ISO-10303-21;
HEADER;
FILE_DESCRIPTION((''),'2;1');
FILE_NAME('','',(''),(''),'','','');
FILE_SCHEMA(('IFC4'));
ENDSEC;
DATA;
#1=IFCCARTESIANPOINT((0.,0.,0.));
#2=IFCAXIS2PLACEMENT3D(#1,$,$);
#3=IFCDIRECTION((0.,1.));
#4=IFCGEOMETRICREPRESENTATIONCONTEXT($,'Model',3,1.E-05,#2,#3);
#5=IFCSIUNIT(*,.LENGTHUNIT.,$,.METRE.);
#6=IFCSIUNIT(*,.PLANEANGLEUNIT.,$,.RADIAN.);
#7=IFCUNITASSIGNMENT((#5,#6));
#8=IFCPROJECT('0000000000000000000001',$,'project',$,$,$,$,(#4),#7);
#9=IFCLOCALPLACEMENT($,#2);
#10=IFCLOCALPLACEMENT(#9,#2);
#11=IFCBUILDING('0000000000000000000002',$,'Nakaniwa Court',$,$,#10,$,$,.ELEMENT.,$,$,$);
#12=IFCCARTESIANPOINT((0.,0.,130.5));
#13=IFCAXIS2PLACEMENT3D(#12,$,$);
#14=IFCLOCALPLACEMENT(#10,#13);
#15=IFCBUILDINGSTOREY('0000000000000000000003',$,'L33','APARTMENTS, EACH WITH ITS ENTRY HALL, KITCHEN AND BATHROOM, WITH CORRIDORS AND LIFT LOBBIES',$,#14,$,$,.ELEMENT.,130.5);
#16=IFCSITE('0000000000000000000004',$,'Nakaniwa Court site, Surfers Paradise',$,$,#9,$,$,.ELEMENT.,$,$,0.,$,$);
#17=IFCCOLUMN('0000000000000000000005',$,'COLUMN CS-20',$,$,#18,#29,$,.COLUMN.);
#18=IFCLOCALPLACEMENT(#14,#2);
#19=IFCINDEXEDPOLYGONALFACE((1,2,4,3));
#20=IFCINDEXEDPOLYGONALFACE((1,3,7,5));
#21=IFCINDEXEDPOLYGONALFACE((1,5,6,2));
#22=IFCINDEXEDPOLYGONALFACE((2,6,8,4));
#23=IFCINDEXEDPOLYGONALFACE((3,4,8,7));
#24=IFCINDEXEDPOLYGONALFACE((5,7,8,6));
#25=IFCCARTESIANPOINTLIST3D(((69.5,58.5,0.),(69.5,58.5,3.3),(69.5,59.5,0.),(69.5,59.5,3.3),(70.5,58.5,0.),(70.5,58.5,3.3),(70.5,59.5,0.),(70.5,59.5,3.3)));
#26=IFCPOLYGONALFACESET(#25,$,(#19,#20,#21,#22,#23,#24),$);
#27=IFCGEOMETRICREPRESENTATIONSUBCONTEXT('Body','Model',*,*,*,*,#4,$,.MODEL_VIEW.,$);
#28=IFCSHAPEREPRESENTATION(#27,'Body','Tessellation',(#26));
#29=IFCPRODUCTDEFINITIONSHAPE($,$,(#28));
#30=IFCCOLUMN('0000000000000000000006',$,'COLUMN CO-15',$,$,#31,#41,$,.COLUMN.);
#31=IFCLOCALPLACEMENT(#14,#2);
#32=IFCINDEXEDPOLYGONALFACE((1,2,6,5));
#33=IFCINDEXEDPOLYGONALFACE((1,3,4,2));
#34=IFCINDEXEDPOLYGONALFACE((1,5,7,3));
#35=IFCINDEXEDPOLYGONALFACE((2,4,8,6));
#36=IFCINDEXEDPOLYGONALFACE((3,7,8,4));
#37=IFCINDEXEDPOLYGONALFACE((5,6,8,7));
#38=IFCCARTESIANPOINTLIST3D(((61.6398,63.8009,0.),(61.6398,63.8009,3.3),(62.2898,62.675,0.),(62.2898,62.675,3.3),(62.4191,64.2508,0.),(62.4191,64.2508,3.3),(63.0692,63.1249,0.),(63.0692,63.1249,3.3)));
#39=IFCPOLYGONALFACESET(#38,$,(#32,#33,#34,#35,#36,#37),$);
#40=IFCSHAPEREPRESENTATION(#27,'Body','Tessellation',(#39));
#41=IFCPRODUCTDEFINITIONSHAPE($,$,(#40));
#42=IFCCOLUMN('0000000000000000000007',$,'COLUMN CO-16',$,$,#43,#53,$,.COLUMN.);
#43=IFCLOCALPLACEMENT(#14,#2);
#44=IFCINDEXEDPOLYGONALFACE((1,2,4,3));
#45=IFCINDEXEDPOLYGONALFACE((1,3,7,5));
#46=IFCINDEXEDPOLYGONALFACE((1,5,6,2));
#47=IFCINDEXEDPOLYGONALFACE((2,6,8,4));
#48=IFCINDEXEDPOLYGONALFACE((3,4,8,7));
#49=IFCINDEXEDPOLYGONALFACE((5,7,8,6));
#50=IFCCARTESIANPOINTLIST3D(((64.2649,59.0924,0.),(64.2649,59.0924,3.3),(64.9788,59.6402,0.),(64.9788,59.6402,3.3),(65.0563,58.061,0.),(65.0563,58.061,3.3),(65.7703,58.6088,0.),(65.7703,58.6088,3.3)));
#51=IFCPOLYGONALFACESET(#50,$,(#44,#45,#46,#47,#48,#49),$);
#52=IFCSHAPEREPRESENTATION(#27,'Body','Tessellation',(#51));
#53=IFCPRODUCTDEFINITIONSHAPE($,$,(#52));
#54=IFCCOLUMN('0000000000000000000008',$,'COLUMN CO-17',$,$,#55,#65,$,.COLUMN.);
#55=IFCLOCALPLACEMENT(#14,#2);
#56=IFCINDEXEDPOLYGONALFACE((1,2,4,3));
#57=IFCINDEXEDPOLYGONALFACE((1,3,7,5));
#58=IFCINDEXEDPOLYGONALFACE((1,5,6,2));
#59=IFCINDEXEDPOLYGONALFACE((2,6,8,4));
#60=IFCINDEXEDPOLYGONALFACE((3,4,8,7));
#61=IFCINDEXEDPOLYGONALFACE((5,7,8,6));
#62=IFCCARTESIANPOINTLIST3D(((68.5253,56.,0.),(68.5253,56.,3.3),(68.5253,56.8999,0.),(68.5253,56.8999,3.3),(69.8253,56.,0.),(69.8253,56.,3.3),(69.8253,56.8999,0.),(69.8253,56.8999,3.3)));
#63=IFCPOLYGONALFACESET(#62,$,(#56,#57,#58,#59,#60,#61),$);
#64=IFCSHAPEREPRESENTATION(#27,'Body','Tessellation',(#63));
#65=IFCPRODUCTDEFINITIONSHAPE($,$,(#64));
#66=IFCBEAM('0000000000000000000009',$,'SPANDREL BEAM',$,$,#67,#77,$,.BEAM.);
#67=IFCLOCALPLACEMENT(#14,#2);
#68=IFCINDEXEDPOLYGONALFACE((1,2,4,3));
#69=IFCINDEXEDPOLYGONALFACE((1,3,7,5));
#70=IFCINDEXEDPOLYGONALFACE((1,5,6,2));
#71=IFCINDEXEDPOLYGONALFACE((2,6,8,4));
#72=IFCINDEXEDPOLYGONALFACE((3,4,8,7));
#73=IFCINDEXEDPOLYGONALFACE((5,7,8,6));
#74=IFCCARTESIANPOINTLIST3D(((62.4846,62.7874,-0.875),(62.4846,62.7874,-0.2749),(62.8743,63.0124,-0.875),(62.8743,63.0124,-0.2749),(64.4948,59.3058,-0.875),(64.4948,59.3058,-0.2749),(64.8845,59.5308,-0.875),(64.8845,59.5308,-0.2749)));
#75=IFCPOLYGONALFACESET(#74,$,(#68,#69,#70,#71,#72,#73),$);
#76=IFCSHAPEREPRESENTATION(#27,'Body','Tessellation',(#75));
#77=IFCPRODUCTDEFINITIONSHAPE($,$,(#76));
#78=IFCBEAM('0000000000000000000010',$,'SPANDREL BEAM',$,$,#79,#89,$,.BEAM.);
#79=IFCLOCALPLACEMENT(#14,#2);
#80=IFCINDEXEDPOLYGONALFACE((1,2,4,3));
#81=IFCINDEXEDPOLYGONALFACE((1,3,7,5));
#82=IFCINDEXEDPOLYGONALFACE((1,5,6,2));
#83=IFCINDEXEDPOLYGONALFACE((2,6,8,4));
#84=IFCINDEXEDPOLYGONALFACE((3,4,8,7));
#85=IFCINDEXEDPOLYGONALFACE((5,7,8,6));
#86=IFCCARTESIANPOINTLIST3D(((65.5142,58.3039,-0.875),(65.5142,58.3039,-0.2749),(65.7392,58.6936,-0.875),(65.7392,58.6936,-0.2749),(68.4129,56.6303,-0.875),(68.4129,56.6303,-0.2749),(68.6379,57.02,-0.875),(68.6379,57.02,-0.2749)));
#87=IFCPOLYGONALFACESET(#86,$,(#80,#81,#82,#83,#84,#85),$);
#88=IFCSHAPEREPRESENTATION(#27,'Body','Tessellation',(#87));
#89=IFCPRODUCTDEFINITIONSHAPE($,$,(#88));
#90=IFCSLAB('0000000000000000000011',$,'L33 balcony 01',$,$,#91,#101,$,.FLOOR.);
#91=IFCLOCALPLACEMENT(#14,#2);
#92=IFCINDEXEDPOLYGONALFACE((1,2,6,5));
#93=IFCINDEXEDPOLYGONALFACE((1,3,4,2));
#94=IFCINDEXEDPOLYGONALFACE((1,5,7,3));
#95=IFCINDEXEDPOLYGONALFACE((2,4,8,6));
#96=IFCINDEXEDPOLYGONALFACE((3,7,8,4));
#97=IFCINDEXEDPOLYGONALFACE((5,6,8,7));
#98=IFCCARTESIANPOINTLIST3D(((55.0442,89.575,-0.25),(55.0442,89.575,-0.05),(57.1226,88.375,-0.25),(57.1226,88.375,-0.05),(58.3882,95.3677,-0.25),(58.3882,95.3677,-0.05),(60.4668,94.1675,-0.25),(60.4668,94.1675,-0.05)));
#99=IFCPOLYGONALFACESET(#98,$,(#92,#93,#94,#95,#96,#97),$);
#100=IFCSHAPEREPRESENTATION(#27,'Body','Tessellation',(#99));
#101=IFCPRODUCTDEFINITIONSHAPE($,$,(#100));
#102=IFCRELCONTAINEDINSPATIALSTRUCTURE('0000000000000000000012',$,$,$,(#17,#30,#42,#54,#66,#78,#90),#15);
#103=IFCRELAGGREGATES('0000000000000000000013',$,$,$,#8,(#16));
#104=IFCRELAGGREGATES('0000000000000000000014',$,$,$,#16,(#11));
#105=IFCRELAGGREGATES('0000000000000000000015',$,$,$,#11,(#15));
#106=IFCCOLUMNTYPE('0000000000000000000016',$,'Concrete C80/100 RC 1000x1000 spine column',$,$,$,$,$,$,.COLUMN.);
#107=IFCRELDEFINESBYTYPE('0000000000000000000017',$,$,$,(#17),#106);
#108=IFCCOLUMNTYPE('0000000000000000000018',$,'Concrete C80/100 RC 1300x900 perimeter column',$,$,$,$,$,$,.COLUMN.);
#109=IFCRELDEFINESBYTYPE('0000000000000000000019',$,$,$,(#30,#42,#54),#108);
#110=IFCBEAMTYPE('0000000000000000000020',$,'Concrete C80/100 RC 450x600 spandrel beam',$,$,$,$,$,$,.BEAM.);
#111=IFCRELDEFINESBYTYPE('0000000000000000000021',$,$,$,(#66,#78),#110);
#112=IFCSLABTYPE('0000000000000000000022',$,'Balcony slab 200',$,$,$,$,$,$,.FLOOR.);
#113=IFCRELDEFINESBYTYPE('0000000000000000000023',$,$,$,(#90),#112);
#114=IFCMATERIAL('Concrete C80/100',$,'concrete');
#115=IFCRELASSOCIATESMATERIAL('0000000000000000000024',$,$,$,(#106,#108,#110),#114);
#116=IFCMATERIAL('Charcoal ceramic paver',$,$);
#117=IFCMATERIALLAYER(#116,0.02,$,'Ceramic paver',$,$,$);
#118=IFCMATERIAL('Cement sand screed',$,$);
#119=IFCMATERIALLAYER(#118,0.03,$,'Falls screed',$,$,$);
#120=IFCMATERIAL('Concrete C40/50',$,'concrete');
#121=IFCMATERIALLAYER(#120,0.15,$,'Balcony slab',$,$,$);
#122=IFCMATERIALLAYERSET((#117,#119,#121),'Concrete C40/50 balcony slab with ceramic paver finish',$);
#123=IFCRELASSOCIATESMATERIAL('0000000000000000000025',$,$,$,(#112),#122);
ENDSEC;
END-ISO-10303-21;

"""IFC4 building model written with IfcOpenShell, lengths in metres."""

from ifc_helpers import new_model, si_unit, direction, frame, origin, origin_2d, place, context, subcontext, project, spatial, polyline, rectangle, outline, extrude, material, layer, layer_set, material_profile, profile_set, type_object, element, save


model = new_model("IFC4")

# Units and contexts
model_context = context("Model", 3, precision=1e-05, world=origin(), true_north=direction((0.0, 1.0)))
body_context = subcontext(model_context, "Body", "Model", "MODEL_VIEW")
ifc_project = project(units=[si_unit("LENGTHUNIT", "METRE"), si_unit("PLANEANGLEUNIT", "RADIAN")], contexts=[model_context])

# Site, building, storey
site_placement = place(None, origin())
site = spatial("IfcSite", under=ifc_project, at=site_placement, Name="Nakaniwa Court site, Surfers Paradise", CompositionType="ELEMENT", RefElevation=0.0)
building_placement = place(site_placement, origin())
building = spatial("IfcBuilding", under=site, at=building_placement, Name="Nakaniwa Court", CompositionType="ELEMENT")
storey_placement = place(building_placement, frame((0.0, 0.0, 130.5)))
storey = spatial("IfcBuildingStorey", under=building, at=storey_placement, Name="L33", Description="APARTMENTS, EACH WITH ITS ENTRY HALL, KITCHEN AND BATHROOM, WITH CORRIDORS AND LIFT LOBBIES", CompositionType="ELEMENT", Elevation=130.5)

# Columns
ifc_material_1 = material(Name="Concrete C80/100", Category="concrete")
ifc_material_profile_1 = material_profile(ifc_material_1, rectangle(XDim=1.0, YDim=1.0, at=origin_2d()), Name="Concrete C80/100 RC 1000x1000 spine column")
ifc_profile_set_1 = profile_set([ifc_material_profile_1], Name="Concrete C80/100")
column_type_1 = type_object("IfcColumnType", Name="Concrete C80/100 RC 1000x1000 spine column", PredefinedType="COLUMN", material=ifc_profile_set_1)
column_placement = place(storey_placement, frame((70.0, 59.0, 0.0), z_axis=(0.0, 0.0, 1.0), x_axis=(0.0, -1.0, 0.0)))
element("IfcColumn", 1, at=column_placement, inside=storey, type_object=column_type_1, Name="COLUMN CS-20", PredefinedType="COLUMN", context=body_context, shape_type="SweptSolid", body=[
    extrude(rectangle(XDim=1.0, YDim=1.0, at=origin_2d()), origin(), (0.0, 0.0, 1.0), 3.3),
])
ifc_material_profile_2 = material_profile(ifc_material_1, rectangle(XDim=1.3, YDim=0.8999, at=origin_2d()), Name="Concrete C80/100 RC 1300x900 perimeter column")
ifc_profile_set_2 = profile_set([ifc_material_profile_2], Name="Concrete C80/100")
column_type_2 = type_object("IfcColumnType", Name="Concrete C80/100 RC 1300x900 perimeter column", PredefinedType="COLUMN", material=ifc_profile_set_2)
for number, where, z_axis, x_axis, name in (
    (2, (62.3545, 63.4629, 0.0), (0.0, 0.0, 1.0), (0.5, -0.866025, 0.0), "COLUMN CO-15"),
    (3, (65.0176, 58.8506, 0.0), (0.0, 0.0, 1.0), (0.608761, -0.793353, 0.0), "COLUMN CO-16"),
    (4, (69.1753, 56.45, 0.0), (0.0, 0.0, 1.0), (1.0, 0.0, 0.0), "COLUMN CO-17"),
):
    element("IfcColumn", number, at=place(storey_placement, frame(where, z_axis=z_axis, x_axis=x_axis)), inside=storey, type_object=column_type_2, Name=name, PredefinedType="COLUMN", context=body_context, shape_type="SweptSolid", body=[
        extrude(rectangle(XDim=1.3, YDim=0.8999, at=origin_2d()), origin(), (0.0, 0.0, 1.0), 3.3),
    ])

# Beams
ifc_material_profile_3 = material_profile(ifc_material_1, rectangle(XDim=0.45, YDim=0.6001, at=origin_2d()), Name="Concrete C80/100 RC 450x600 spandrel beam")
ifc_profile_set_3 = profile_set([ifc_material_profile_3], Name="Concrete C80/100")
beam_type = type_object("IfcBeamType", Name="Concrete C80/100 RC 450x600 spandrel beam", PredefinedType="BEAM", material=ifc_profile_set_3)
beam_1_placement = place(storey_placement, frame((62.6794, 62.8999, -0.575), z_axis=(0.500019, -0.866015, 0.0), x_axis=(0.866015, 0.500019, 0.0)))
element("IfcBeam", 5, at=beam_1_placement, inside=storey, type_object=beam_type, Name="SPANDREL BEAM", PredefinedType="BEAM", context=body_context, shape_type="SweptSolid", body=[
    extrude(rectangle(XDim=0.45, YDim=0.6001, at=origin_2d()), origin(), (0.0, 0.0, 1.0), 4.0203),
])
beam_2_placement = place(storey_placement, frame((65.6267, 58.4988, -0.575), z_axis=(0.866022, -0.500007, 0.0), x_axis=(0.500007, 0.866022, 0.0)))
element("IfcBeam", 6, at=beam_2_placement, inside=storey, type_object=beam_type, Name="SPANDREL BEAM", PredefinedType="BEAM", context=body_context, shape_type="SweptSolid", body=[
    extrude(rectangle(XDim=0.45, YDim=0.6001, at=origin_2d()), origin(), (0.0, 0.0, 1.0), 3.3472),
])

# Slab
ifc_material_2 = material(Name="Charcoal ceramic paver")
ifc_layer_1 = layer(ifc_material_2, 0.02, Name="Ceramic paver")
ifc_material_3 = material(Name="Cement sand screed")
ifc_layer_2 = layer(ifc_material_3, 0.03, Name="Falls screed")
ifc_material_4 = material(Name="Concrete C40/50", Category="concrete")
ifc_layer_3 = layer(ifc_material_4, 0.15, Name="Balcony slab")
ifc_layer_set_1 = layer_set([ifc_layer_1, ifc_layer_2, ifc_layer_3], Name="Concrete C40/50 balcony slab with ceramic paver finish")
slab_type_1 = type_object("IfcSlabType", Name="Balcony slab 200", PredefinedType="FLOOR", material=ifc_layer_set_1)
slab_1_placement = place(storey_placement, frame((0.0, 0.0, -0.25)))
element("IfcSlab", 7, at=slab_1_placement, inside=storey, type_object=slab_type_1, Name="L33 balcony 01", PredefinedType="FLOOR", context=body_context, shape_type="SweptSolid", body=[
    extrude(outline(polyline([(60.4668, 94.1675), (57.1226, 88.375), (55.0442, 89.575), (58.3882, 95.3677), (60.4668, 94.1675)])), origin(), (0.0, 0.0, 1.0), 0.2),
])

save(model, "model.ifc")
